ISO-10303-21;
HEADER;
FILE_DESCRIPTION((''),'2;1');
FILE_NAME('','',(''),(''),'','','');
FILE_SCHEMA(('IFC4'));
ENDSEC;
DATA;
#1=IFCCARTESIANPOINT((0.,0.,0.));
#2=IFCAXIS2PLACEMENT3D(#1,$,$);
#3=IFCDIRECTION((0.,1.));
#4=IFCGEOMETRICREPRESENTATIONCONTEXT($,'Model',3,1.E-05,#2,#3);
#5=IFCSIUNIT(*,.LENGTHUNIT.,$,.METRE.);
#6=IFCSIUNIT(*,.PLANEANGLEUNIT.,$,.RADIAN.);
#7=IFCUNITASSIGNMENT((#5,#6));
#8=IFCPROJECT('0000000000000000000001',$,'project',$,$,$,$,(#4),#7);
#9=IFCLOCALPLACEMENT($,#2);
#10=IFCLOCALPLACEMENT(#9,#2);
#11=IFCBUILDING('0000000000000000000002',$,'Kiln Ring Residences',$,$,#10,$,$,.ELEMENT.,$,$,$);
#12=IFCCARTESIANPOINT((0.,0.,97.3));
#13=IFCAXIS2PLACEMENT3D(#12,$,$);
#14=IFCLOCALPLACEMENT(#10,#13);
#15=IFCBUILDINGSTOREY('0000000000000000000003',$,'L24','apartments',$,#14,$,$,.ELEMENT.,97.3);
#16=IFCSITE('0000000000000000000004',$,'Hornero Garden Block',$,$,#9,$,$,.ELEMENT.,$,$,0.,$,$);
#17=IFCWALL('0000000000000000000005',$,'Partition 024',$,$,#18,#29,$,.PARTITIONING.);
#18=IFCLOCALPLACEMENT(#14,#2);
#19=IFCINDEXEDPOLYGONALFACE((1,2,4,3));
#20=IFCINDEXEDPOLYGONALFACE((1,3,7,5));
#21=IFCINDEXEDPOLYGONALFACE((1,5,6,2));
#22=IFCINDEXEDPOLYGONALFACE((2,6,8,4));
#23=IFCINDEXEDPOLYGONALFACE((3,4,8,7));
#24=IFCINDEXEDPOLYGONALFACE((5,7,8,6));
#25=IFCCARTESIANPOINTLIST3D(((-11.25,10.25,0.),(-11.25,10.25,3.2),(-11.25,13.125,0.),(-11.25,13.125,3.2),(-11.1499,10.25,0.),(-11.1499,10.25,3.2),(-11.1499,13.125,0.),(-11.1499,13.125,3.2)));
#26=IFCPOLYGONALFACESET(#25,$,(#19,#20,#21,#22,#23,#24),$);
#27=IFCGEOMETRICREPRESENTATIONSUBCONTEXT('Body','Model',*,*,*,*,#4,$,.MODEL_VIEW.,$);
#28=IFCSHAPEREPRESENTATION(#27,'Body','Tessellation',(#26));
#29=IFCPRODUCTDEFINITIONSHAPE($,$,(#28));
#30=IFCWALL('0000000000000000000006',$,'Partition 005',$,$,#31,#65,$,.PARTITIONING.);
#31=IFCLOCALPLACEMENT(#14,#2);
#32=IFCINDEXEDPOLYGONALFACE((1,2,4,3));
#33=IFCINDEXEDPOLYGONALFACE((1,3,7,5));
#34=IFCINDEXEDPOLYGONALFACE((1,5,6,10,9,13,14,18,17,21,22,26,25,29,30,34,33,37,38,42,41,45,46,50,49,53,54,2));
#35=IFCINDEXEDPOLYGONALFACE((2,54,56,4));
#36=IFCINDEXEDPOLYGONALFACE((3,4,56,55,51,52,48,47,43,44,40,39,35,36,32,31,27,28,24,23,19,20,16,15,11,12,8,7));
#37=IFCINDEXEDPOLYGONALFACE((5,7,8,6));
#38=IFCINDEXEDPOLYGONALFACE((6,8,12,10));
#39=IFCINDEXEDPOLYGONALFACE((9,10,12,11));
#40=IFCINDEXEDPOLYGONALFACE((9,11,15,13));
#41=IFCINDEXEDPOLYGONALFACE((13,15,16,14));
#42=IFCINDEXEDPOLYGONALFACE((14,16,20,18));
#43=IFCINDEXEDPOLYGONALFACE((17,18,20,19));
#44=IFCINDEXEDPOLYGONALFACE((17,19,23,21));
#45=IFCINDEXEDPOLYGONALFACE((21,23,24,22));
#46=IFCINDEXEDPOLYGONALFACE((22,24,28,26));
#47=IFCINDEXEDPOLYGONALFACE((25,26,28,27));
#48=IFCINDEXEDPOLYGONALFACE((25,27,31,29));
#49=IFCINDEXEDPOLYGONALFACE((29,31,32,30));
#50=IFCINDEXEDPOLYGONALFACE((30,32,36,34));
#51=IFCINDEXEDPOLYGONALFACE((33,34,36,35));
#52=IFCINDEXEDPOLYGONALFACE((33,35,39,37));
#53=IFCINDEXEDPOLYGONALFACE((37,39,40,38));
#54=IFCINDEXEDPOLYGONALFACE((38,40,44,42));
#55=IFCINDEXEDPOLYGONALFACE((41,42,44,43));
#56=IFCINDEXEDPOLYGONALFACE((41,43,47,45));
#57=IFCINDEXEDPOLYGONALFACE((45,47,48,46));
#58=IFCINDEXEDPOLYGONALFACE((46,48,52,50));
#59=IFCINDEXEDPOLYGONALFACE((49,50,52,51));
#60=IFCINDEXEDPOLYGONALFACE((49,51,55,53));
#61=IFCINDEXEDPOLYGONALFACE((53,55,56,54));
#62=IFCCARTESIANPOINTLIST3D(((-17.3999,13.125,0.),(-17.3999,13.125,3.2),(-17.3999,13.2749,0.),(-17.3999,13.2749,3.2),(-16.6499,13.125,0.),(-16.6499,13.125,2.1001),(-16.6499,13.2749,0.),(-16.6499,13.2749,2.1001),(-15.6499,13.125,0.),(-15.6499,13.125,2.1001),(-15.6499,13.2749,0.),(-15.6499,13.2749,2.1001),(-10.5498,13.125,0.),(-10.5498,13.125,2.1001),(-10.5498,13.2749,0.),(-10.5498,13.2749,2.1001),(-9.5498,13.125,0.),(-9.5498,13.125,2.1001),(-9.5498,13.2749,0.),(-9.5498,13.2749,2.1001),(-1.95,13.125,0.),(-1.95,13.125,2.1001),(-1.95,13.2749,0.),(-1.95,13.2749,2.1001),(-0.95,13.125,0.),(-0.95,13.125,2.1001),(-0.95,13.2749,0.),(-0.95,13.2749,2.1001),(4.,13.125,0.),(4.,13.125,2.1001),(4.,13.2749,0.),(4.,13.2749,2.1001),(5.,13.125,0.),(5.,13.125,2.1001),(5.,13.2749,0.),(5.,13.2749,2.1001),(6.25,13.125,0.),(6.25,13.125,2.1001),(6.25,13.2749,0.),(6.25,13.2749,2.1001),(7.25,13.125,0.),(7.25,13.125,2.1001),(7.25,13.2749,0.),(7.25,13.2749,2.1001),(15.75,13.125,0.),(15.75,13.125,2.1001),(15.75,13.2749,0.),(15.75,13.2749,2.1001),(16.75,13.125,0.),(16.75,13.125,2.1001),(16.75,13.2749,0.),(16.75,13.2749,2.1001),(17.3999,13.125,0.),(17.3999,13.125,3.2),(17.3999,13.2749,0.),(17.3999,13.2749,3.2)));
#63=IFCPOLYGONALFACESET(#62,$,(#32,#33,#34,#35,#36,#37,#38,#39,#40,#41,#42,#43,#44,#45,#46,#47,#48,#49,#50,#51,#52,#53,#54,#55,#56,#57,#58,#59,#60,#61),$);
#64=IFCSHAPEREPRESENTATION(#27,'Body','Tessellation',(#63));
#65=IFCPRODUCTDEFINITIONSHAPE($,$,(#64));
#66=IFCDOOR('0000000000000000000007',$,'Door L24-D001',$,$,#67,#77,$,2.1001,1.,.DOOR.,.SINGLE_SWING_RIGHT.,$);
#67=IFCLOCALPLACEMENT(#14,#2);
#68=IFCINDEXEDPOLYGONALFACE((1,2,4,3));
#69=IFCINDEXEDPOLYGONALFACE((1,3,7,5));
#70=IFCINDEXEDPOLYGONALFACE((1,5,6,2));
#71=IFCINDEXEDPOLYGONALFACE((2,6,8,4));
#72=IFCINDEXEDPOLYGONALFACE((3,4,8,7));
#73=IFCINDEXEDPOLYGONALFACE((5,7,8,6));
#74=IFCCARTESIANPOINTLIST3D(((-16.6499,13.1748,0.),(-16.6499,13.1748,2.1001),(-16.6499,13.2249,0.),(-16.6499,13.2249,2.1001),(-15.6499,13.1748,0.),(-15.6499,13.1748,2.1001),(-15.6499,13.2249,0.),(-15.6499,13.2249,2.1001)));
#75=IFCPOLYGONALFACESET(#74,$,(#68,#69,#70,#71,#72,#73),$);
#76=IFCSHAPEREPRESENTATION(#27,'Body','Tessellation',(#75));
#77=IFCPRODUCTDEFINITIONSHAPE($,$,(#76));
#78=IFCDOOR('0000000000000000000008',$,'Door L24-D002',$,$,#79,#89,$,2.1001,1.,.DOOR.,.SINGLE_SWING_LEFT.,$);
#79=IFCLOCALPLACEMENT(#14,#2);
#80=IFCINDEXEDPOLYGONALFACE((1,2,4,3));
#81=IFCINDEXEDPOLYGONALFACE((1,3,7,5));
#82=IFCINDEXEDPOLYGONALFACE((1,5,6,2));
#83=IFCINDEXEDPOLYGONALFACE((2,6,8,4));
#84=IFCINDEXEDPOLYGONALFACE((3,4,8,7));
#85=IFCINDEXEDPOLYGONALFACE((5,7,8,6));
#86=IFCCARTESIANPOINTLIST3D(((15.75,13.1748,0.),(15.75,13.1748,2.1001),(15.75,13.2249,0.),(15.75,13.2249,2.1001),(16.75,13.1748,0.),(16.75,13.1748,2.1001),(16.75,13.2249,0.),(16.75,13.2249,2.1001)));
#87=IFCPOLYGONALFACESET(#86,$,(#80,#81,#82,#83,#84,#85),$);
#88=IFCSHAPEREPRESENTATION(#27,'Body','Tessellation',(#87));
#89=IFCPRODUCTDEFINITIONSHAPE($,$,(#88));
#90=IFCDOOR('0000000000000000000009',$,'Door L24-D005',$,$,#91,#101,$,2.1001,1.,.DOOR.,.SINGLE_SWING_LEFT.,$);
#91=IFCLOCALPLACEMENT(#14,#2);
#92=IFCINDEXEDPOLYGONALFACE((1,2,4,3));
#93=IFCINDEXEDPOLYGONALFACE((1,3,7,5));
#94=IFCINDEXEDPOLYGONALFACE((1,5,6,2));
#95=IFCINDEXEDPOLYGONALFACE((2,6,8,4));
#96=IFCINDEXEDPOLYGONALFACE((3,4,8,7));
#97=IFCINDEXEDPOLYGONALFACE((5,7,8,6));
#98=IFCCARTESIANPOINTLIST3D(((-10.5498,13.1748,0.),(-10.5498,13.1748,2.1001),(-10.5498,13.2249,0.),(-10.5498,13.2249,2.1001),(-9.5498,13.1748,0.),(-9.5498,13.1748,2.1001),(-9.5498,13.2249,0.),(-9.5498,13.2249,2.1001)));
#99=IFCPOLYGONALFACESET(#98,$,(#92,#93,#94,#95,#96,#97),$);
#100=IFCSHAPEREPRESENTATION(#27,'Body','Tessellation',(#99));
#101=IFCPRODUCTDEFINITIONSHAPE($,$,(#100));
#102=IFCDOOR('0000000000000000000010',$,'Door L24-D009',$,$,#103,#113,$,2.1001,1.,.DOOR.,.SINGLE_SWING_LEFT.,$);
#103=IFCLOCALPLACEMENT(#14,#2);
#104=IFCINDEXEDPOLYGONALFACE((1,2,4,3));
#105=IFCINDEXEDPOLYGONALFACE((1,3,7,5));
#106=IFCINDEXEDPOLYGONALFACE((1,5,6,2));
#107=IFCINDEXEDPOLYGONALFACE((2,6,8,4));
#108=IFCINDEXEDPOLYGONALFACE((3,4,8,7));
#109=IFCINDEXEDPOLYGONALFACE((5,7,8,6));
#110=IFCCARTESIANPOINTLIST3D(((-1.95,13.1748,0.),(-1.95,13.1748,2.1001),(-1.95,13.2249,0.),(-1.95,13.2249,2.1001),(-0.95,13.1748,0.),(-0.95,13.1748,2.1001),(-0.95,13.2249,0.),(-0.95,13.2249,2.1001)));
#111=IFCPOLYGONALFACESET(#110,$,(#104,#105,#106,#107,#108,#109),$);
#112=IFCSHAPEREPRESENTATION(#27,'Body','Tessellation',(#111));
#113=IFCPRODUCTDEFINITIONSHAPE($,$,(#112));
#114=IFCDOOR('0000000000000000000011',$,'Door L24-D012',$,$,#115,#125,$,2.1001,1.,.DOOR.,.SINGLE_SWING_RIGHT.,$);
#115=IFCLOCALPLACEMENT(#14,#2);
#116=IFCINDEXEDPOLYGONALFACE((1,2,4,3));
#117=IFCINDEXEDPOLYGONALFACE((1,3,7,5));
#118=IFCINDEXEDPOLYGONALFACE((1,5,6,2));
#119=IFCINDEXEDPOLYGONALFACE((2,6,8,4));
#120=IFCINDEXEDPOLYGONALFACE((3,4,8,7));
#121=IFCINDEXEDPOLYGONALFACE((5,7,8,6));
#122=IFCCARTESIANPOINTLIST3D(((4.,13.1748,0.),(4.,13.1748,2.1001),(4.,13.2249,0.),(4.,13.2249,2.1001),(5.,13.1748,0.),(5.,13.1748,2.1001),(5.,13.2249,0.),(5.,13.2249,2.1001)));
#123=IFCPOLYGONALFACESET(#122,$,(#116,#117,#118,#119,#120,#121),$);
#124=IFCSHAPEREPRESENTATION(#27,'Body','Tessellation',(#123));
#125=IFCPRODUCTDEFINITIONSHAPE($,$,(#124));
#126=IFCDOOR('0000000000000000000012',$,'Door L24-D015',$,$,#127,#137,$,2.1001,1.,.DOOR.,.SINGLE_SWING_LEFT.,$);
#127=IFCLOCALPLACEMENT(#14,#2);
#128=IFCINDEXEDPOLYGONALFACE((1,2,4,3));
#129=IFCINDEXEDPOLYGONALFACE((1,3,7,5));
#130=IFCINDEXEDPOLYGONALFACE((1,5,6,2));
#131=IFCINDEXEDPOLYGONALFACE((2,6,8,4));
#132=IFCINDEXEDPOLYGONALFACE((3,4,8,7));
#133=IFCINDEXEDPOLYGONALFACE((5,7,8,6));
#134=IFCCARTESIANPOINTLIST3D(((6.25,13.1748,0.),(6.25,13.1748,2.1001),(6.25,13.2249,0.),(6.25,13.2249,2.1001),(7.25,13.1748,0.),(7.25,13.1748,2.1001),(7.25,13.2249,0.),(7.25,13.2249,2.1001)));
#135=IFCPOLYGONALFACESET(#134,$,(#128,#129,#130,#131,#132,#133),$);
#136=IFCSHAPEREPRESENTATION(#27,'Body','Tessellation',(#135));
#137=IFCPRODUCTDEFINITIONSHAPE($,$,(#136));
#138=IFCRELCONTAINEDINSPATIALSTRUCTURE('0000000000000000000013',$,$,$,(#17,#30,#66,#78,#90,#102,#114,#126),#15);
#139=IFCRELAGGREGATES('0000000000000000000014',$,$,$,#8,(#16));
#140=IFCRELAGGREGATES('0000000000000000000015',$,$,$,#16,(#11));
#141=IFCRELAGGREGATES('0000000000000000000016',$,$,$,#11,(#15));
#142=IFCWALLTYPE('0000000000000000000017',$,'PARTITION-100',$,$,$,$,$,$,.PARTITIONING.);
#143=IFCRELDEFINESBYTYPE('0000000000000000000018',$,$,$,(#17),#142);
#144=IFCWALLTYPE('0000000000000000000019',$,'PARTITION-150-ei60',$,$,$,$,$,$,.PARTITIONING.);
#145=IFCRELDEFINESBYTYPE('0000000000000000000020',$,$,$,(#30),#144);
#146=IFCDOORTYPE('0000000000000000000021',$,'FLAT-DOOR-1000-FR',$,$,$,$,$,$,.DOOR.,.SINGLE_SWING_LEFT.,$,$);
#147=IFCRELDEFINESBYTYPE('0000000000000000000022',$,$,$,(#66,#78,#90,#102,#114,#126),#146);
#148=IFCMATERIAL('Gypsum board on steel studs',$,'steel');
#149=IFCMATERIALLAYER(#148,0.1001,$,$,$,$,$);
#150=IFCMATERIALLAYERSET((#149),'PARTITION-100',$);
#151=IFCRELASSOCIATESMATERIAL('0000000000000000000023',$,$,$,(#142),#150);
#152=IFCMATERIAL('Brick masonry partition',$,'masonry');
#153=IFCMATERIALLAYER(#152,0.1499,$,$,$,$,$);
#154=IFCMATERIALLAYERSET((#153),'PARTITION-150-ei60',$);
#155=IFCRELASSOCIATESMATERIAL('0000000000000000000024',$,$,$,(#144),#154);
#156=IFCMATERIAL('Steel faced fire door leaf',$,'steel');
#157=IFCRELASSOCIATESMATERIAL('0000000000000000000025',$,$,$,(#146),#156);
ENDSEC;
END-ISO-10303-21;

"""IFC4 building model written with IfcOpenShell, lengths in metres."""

from ifc_helpers import new_model, si_unit, direction, frame, frame_2d, origin, place, context, subcontext, project, spatial, rectangle, extrude, material, layer, layer_set, type_object, element, fill, save


model = new_model("IFC4")

# Units and contexts
model_context = context("Model", 3, precision=1e-05, world=origin(), true_north=direction((0.0, 1.0)))
body_context = subcontext(model_context, "Body", "Model", "MODEL_VIEW")
ifc_project = project(units=[si_unit("LENGTHUNIT", "METRE"), si_unit("PLANEANGLEUNIT", "RADIAN")], contexts=[model_context])

# Site, building, storey
site_placement = place(None, origin())
site = spatial("IfcSite", under=ifc_project, at=site_placement, Name="Hornero Garden Block", CompositionType="ELEMENT", RefElevation=0.0)
building_placement = place(site_placement, origin())
building = spatial("IfcBuilding", under=site, at=building_placement, Name="Kiln Ring Residences", CompositionType="ELEMENT")
storey_placement = place(building_placement, frame((0.0, 0.0, 97.3)))
storey = spatial("IfcBuildingStorey", under=building, at=storey_placement, Name="L24", Description="apartments", CompositionType="ELEMENT", Elevation=97.3)

# Shared definitions
ifc_material_1 = material(Name="Gypsum board on steel studs", Category="steel")
ifc_layer_1 = layer(ifc_material_1, 0.1001)
ifc_layer_set_1 = layer_set([ifc_layer_1], Name="PARTITION-100")
wall_type_1 = type_object("IfcWallType", Name="PARTITION-100", PredefinedType="PARTITIONING", material=ifc_layer_set_1)

# Wall
wall_1_placement = place(storey_placement, frame((-11.2, 10.25, 0.0), z_axis=(0.0, 0.0, 1.0), x_axis=(0.0, 1.0, 0.0)))
element("IfcWall", 1, at=wall_1_placement, inside=storey, type_object=wall_type_1, Name="Partition 024", PredefinedType="PARTITIONING", context=body_context, shape_type="SweptSolid", body=[
    extrude(rectangle(XDim=2.875, YDim=0.1001, at=frame_2d((1.4375, 0.0))), origin(), (0.0, 0.0, 1.0), 3.2),
])

# Wall, openings, doors
ifc_material_2 = material(Name="Brick masonry partition", Category="masonry")
ifc_layer_2 = layer(ifc_material_2, 0.1499)
ifc_layer_set_2 = layer_set([ifc_layer_2], Name="PARTITION-150-ei60")
wall_type_2 = type_object("IfcWallType", Name="PARTITION-150-ei60", PredefinedType="PARTITIONING", material=ifc_layer_set_2)
wall_2_placement = place(storey_placement, frame((-17.3999, 13.2, 0.0), z_axis=(0.0, 0.0, 1.0), x_axis=(1.0, 0.0, 0.0)))
wall_2 = element("IfcWall", 2, at=wall_2_placement, inside=storey, type_object=wall_type_2, Name="Partition 005", PredefinedType="PARTITIONING", context=body_context, shape_type="SweptSolid", body=[
    extrude(rectangle(XDim=34.7998, YDim=0.1499, at=frame_2d((17.3999, 0.0))), origin(), (0.0, 0.0, 1.0), 3.2),
])
opening_1_placement = place(wall_2_placement, frame((0.75, 0.0, 0.0)))
opening_1 = element("IfcOpeningElement", 3, at=opening_1_placement, cuts=wall_2, PredefinedType="OPENING", context=body_context, shape_type="SweptSolid", body=[
    extrude(rectangle(XDim=1.0, YDim=2.1001, at=frame_2d((0.5, 1.05))), frame((0.0, 0.085, 0.0), z_axis=(0.0, -1.0, 0.0), x_axis=(1.0, 0.0, 0.0)), (0.0, 0.0, 1.0), 0.1699),
])
opening_2_placement = place(wall_2_placement, frame((33.1499, 0.0, 0.0)))
opening_2 = element("IfcOpeningElement", 4, at=opening_2_placement, cuts=wall_2, PredefinedType="OPENING", context=body_context, shape_type="SweptSolid", body=[
    extrude(rectangle(XDim=1.0, YDim=2.1001, at=frame_2d((0.5, 1.05))), frame((0.0, 0.085, 0.0), z_axis=(0.0, -1.0, 0.0), x_axis=(1.0, 0.0, 0.0)), (0.0, 0.0, 1.0), 0.1699),
])
opening_3_placement = place(wall_2_placement, frame((6.8501, 0.0, 0.0)))
opening_3 = element("IfcOpeningElement", 5, at=opening_3_placement, cuts=wall_2, PredefinedType="OPENING", context=body_context, shape_type="SweptSolid", body=[
    extrude(rectangle(XDim=1.0, YDim=2.1001, at=frame_2d((0.5, 1.05))), frame((0.0, 0.085, 0.0), z_axis=(0.0, -1.0, 0.0), x_axis=(1.0, 0.0, 0.0)), (0.0, 0.0, 1.0), 0.1699),
])
opening_4_placement = place(wall_2_placement, frame((15.45, 0.0, 0.0)))
opening_4 = element("IfcOpeningElement", 6, at=opening_4_placement, cuts=wall_2, PredefinedType="OPENING", context=body_context, shape_type="SweptSolid", body=[
    extrude(rectangle(XDim=1.0, YDim=2.1001, at=frame_2d((0.5, 1.05))), frame((0.0, 0.085, 0.0), z_axis=(0.0, -1.0, 0.0), x_axis=(1.0, 0.0, 0.0)), (0.0, 0.0, 1.0), 0.1699),
])
opening_5_placement = place(wall_2_placement, frame((21.3999, 0.0, 0.0)))
opening_5 = element("IfcOpeningElement", 7, at=opening_5_placement, cuts=wall_2, PredefinedType="OPENING", context=body_context, shape_type="SweptSolid", body=[
    extrude(rectangle(XDim=1.0, YDim=2.1001, at=frame_2d((0.5, 1.05))), frame((0.0, 0.085, 0.0), z_axis=(0.0, -1.0, 0.0), x_axis=(1.0, 0.0, 0.0)), (0.0, 0.0, 1.0), 0.1699),
])
opening_6_placement = place(wall_2_placement, frame((23.6499, 0.0, 0.0)))
opening_6 = element("IfcOpeningElement", 8, at=opening_6_placement, cuts=wall_2, PredefinedType="OPENING", context=body_context, shape_type="SweptSolid", body=[
    extrude(rectangle(XDim=1.0, YDim=2.1001, at=frame_2d((0.5, 1.05))), frame((0.0, 0.085, 0.0), z_axis=(0.0, -1.0, 0.0), x_axis=(1.0, 0.0, 0.0)), (0.0, 0.0, 1.0), 0.1699),
])
ifc_material_3 = material(Name="Steel faced fire door leaf", Category="steel")
door_type_1 = type_object("IfcDoorType", Name="FLAT-DOOR-1000-FR", OperationType="SINGLE_SWING_LEFT", PredefinedType="DOOR", material=ifc_material_3)
door_1_placement = place(opening_1_placement, origin())
door_1 = element("IfcDoor", 9, at=door_1_placement, inside=storey, type_object=door_type_1, Name="Door L24-D001", OperationType="SINGLE_SWING_RIGHT", OverallHeight=2.1001, OverallWidth=1.0, PredefinedType="DOOR", context=body_context, shape_type="SweptSolid", body=[
    extrude(rectangle(XDim=1.0, YDim=2.1001, at=frame_2d((0.5, 1.05))), frame((0.0, 0.0249, 0.0), z_axis=(0.0, -1.0, 0.0), x_axis=(1.0, 0.0, 0.0)), (0.0, 0.0, 1.0), 0.05),
])
fill(opening_1, door_1)
door_2_placement = place(opening_2_placement, origin())
door_2 = element("IfcDoor", 10, at=door_2_placement, inside=storey, type_object=door_type_1, Name="Door L24-D002", OperationType="SINGLE_SWING_LEFT", OverallHeight=2.1001, OverallWidth=1.0, PredefinedType="DOOR", context=body_context, shape_type="SweptSolid", body=[
    extrude(rectangle(XDim=1.0, YDim=2.1001, at=frame_2d((0.5, 1.05))), frame((0.0, 0.0249, 0.0), z_axis=(0.0, -1.0, 0.0), x_axis=(1.0, 0.0, 0.0)), (0.0, 0.0, 1.0), 0.05),
])
fill(opening_2, door_2)
door_3_placement = place(opening_3_placement, origin())
door_3 = element("IfcDoor", 11, at=door_3_placement, inside=storey, type_object=door_type_1, Name="Door L24-D005", OperationType="SINGLE_SWING_LEFT", OverallHeight=2.1001, OverallWidth=1.0, PredefinedType="DOOR", context=body_context, shape_type="SweptSolid", body=[
    extrude(rectangle(XDim=1.0, YDim=2.1001, at=frame_2d((0.5, 1.05))), frame((0.0, 0.0249, 0.0), z_axis=(0.0, -1.0, 0.0), x_axis=(1.0, 0.0, 0.0)), (0.0, 0.0, 1.0), 0.05),
])
fill(opening_3, door_3)
door_4_placement = place(opening_4_placement, origin())
door_4 = element("IfcDoor", 12, at=door_4_placement, inside=storey, type_object=door_type_1, Name="Door L24-D009", OperationType="SINGLE_SWING_LEFT", OverallHeight=2.1001, OverallWidth=1.0, PredefinedType="DOOR", context=body_context, shape_type="SweptSolid", body=[
    extrude(rectangle(XDim=1.0, YDim=2.1001, at=frame_2d((0.5, 1.05))), frame((0.0, 0.0249, 0.0), z_axis=(0.0, -1.0, 0.0), x_axis=(1.0, 0.0, 0.0)), (0.0, 0.0, 1.0), 0.05),
])
fill(opening_4, door_4)
door_5_placement = place(opening_5_placement, origin())
door_5 = element("IfcDoor", 13, at=door_5_placement, inside=storey, type_object=door_type_1, Name="Door L24-D012", OperationType="SINGLE_SWING_RIGHT", OverallHeight=2.1001, OverallWidth=1.0, PredefinedType="DOOR", context=body_context, shape_type="SweptSolid", body=[
    extrude(rectangle(XDim=1.0, YDim=2.1001, at=frame_2d((0.5, 1.05))), frame((0.0, 0.0249, 0.0), z_axis=(0.0, -1.0, 0.0), x_axis=(1.0, 0.0, 0.0)), (0.0, 0.0, 1.0), 0.05),
])
fill(opening_5, door_5)
door_6_placement = place(opening_6_placement, origin())
door_6 = element("IfcDoor", 14, at=door_6_placement, inside=storey, type_object=door_type_1, Name="Door L24-D015", OperationType="SINGLE_SWING_LEFT", OverallHeight=2.1001, OverallWidth=1.0, PredefinedType="DOOR", context=body_context, shape_type="SweptSolid", body=[
    extrude(rectangle(XDim=1.0, YDim=2.1001, at=frame_2d((0.5, 1.05))), frame((0.0, 0.0249, 0.0), z_axis=(0.0, -1.0, 0.0), x_axis=(1.0, 0.0, 0.0)), (0.0, 0.0, 1.0), 0.05),
])
fill(opening_6, door_6)

save(model, "model.ifc")
